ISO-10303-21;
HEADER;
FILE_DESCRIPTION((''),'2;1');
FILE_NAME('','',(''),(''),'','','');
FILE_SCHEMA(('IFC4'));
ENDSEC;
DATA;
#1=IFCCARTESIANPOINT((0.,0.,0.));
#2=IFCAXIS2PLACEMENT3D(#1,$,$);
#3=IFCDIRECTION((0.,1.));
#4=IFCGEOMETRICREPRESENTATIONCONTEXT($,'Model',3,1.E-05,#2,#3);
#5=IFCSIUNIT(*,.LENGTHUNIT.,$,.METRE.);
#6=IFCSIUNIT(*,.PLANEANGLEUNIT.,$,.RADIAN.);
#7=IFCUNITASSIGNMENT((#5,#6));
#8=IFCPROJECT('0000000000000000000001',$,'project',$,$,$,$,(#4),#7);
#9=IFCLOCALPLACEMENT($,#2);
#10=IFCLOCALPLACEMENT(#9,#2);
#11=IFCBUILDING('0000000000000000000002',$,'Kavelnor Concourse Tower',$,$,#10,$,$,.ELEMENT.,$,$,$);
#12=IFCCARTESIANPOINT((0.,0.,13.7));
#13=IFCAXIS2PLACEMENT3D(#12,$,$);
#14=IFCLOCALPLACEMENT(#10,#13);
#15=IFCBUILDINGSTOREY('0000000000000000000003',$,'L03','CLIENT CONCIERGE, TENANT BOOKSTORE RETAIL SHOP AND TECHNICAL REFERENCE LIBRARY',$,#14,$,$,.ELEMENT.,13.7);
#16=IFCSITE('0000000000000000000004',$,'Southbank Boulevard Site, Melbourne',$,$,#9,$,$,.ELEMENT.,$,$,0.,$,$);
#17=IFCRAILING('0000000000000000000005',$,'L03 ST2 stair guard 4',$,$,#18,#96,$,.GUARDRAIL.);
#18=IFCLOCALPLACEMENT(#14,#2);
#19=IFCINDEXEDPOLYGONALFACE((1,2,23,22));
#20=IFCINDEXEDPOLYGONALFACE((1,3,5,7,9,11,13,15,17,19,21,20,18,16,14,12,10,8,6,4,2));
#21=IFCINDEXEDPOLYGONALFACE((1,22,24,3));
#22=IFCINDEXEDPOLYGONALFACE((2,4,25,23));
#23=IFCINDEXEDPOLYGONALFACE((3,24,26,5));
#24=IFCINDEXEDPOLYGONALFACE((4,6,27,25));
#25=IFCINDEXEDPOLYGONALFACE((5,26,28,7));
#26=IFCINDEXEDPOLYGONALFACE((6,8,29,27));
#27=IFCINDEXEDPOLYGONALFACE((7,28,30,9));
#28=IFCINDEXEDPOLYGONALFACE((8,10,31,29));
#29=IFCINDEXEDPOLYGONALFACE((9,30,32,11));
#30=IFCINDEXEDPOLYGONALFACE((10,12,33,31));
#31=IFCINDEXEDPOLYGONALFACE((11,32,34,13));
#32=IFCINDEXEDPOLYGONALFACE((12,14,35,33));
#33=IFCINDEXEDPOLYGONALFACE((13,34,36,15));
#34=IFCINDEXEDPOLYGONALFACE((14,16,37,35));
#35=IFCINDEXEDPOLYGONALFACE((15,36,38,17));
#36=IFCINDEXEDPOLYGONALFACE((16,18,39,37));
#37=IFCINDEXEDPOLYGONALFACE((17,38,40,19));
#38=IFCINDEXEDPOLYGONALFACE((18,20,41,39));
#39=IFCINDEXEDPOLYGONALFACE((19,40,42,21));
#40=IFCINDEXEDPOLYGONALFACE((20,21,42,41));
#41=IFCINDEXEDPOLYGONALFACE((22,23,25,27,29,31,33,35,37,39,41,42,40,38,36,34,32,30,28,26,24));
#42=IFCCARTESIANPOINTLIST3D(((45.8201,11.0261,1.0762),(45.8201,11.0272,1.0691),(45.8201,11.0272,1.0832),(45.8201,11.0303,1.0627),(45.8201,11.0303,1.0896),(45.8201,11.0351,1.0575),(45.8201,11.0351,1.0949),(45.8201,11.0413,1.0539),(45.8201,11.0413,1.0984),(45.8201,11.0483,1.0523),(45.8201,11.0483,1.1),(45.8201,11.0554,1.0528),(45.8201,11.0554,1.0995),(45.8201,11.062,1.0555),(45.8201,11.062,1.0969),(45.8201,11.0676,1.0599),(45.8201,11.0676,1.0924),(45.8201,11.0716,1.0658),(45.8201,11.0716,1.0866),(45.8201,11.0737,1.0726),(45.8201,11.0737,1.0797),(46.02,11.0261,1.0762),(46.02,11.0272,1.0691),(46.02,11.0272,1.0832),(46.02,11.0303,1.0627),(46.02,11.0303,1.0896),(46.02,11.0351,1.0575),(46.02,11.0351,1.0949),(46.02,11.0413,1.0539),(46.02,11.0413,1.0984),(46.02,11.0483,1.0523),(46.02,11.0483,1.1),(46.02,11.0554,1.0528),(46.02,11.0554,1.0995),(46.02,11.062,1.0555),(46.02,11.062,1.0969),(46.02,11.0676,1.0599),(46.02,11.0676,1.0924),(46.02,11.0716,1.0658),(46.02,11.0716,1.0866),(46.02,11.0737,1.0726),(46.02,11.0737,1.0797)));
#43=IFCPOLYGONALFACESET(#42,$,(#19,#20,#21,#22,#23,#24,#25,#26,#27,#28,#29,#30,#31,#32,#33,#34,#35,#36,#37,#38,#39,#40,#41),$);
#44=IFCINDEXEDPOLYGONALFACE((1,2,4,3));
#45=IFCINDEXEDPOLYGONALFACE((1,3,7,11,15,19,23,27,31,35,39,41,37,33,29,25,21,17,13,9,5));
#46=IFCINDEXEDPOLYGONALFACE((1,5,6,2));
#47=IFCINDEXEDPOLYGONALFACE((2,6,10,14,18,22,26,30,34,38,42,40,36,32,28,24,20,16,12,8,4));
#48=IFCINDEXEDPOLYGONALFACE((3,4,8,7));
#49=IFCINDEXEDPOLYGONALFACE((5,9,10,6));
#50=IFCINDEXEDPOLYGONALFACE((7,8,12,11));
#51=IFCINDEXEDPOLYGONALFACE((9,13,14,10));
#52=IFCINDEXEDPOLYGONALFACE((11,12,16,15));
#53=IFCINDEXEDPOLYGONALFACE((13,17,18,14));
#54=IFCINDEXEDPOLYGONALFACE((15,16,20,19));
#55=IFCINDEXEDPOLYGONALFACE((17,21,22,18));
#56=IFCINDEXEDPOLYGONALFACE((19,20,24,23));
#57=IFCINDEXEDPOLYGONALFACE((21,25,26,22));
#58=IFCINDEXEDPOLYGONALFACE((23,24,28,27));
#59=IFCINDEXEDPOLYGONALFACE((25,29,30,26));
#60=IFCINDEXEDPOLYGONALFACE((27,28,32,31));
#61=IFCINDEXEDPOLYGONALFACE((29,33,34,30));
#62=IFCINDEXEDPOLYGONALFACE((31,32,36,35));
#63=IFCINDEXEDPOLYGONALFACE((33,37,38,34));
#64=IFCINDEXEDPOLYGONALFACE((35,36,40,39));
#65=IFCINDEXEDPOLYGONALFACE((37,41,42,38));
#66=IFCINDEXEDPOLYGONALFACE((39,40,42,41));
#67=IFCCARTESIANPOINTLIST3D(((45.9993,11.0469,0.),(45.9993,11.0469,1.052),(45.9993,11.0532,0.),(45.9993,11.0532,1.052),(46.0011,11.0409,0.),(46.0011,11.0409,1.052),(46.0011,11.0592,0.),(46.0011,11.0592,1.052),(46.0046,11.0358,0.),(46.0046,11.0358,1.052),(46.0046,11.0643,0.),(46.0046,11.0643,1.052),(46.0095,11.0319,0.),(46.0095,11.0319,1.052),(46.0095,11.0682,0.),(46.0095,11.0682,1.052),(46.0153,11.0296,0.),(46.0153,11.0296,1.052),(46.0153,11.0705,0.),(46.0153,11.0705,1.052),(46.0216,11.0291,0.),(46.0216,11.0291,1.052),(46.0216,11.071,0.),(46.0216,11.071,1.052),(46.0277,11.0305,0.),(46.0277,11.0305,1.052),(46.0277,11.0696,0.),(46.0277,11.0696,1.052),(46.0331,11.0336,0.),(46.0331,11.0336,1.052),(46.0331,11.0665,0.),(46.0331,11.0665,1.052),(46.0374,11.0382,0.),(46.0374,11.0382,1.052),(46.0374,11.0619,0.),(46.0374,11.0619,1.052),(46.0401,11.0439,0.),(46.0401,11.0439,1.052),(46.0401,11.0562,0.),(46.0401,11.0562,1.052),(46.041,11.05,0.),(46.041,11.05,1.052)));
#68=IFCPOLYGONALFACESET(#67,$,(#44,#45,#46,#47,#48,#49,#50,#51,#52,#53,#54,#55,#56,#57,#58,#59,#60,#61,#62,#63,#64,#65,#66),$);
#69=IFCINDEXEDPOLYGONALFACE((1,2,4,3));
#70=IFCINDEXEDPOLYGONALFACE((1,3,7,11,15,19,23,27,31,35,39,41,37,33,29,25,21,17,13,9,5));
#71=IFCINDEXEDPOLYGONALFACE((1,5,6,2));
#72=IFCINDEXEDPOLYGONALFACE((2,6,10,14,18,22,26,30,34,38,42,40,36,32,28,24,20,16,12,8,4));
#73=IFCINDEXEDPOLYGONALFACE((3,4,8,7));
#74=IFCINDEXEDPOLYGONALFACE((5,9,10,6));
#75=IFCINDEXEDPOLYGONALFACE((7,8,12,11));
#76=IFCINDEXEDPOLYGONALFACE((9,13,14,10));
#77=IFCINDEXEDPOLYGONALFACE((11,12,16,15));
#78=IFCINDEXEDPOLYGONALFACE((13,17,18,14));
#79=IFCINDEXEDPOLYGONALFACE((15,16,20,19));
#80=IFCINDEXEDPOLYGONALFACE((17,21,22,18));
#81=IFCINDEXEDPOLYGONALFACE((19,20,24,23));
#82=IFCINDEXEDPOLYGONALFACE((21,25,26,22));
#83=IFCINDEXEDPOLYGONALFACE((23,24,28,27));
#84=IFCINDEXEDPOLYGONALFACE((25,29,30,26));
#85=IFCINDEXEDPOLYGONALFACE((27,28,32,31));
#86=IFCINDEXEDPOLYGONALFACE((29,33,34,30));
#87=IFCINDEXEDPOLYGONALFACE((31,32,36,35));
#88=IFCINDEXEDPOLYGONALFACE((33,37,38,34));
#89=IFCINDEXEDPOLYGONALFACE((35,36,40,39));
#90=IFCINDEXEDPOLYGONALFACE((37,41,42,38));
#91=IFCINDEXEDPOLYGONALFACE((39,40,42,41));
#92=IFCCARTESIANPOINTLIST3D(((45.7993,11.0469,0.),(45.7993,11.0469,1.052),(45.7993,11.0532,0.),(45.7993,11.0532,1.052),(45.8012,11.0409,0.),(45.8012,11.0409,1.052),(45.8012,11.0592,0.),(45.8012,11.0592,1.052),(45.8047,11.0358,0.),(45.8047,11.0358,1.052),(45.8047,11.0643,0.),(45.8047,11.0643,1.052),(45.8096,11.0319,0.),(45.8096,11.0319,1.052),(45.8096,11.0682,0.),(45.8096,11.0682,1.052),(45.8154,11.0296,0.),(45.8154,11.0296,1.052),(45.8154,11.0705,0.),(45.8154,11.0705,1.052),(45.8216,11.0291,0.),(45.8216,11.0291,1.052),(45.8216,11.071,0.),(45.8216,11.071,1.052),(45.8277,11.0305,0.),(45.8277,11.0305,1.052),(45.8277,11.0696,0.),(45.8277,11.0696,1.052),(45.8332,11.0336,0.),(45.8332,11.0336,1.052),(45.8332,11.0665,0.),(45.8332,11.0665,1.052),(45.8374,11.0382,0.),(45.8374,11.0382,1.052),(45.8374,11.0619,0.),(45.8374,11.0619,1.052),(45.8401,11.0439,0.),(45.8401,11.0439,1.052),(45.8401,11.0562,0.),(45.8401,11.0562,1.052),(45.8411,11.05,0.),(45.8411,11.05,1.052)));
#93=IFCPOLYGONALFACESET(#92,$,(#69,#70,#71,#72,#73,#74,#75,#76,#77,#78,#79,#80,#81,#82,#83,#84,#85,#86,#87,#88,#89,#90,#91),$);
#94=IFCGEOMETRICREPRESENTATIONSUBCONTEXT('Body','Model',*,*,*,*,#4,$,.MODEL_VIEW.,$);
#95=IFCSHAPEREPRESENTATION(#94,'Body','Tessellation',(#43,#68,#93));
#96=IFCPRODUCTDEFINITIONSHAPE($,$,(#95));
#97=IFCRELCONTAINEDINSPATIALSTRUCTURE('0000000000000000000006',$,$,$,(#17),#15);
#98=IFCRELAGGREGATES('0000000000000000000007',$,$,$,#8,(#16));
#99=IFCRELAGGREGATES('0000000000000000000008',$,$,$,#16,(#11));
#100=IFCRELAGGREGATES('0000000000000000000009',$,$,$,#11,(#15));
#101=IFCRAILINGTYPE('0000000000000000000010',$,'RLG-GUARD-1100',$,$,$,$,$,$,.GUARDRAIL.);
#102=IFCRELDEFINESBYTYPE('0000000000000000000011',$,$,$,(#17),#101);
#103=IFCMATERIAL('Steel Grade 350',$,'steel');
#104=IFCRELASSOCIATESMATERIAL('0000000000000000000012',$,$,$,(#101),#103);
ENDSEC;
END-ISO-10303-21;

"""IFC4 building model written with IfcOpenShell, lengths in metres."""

from ifc_helpers import new_model, si_unit, direction, frame, origin, origin_2d, place, context, subcontext, project, spatial, circle, extrude, material, type_object, element, save


model = new_model("IFC4")

# Units and contexts
model_context = context("Model", 3, precision=1e-05, world=origin(), true_north=direction((0.0, 1.0)))
body_context = subcontext(model_context, "Body", "Model", "MODEL_VIEW")
ifc_project = project(units=[si_unit("LENGTHUNIT", "METRE"), si_unit("PLANEANGLEUNIT", "RADIAN")], contexts=[model_context])

# Site, building, storey
site_placement = place(None, origin())
site = spatial("IfcSite", under=ifc_project, at=site_placement, Name="Southbank Boulevard Site, Melbourne", CompositionType="ELEMENT", RefElevation=0.0)
building_placement = place(site_placement, origin())
building = spatial("IfcBuilding", under=site, at=building_placement, Name="Kavelnor Concourse Tower", CompositionType="ELEMENT")
storey_placement = place(building_placement, frame((0.0, 0.0, 13.7)))
storey = spatial("IfcBuildingStorey", under=building, at=storey_placement, Name="L03", Description="CLIENT CONCIERGE, TENANT BOOKSTORE RETAIL SHOP AND TECHNICAL REFERENCE LIBRARY", CompositionType="ELEMENT", Elevation=13.7)

# Shared definitions
ifc_material_1 = material(Name="Steel Grade 350", Category="steel")

# Railing
railing_type_1 = type_object("IfcRailingType", Name="RLG-GUARD-1100", PredefinedType="GUARDRAIL", material=ifc_material_1)
railing_1_placement = place(storey_placement, frame((46.02, 11.05, 0.0)))
element("IfcRailing", 1, at=railing_1_placement, inside=storey, type_object=railing_type_1, Name="L03 ST2 stair guard 4", PredefinedType="GUARDRAIL", context=body_context, shape_type="SweptSolid", body=[
    extrude(circle(Radius=0.0239, at=origin_2d()), frame((0.0, 0.0, 1.0762), z_axis=(-1.0, 0.0, 0.0), x_axis=(0.0, -1.0, 0.0)), (0.0, 0.0, 1.0), 0.2),
    extrude(circle(Radius=0.021, at=origin_2d()), origin(), (0.0, 0.0, 1.0), 1.052),
    extrude(circle(Radius=0.021, at=origin_2d()), frame((-0.2, 0.0, 0.0)), (0.0, 0.0, 1.0), 1.052),
])

save(model, "model.ifc")
